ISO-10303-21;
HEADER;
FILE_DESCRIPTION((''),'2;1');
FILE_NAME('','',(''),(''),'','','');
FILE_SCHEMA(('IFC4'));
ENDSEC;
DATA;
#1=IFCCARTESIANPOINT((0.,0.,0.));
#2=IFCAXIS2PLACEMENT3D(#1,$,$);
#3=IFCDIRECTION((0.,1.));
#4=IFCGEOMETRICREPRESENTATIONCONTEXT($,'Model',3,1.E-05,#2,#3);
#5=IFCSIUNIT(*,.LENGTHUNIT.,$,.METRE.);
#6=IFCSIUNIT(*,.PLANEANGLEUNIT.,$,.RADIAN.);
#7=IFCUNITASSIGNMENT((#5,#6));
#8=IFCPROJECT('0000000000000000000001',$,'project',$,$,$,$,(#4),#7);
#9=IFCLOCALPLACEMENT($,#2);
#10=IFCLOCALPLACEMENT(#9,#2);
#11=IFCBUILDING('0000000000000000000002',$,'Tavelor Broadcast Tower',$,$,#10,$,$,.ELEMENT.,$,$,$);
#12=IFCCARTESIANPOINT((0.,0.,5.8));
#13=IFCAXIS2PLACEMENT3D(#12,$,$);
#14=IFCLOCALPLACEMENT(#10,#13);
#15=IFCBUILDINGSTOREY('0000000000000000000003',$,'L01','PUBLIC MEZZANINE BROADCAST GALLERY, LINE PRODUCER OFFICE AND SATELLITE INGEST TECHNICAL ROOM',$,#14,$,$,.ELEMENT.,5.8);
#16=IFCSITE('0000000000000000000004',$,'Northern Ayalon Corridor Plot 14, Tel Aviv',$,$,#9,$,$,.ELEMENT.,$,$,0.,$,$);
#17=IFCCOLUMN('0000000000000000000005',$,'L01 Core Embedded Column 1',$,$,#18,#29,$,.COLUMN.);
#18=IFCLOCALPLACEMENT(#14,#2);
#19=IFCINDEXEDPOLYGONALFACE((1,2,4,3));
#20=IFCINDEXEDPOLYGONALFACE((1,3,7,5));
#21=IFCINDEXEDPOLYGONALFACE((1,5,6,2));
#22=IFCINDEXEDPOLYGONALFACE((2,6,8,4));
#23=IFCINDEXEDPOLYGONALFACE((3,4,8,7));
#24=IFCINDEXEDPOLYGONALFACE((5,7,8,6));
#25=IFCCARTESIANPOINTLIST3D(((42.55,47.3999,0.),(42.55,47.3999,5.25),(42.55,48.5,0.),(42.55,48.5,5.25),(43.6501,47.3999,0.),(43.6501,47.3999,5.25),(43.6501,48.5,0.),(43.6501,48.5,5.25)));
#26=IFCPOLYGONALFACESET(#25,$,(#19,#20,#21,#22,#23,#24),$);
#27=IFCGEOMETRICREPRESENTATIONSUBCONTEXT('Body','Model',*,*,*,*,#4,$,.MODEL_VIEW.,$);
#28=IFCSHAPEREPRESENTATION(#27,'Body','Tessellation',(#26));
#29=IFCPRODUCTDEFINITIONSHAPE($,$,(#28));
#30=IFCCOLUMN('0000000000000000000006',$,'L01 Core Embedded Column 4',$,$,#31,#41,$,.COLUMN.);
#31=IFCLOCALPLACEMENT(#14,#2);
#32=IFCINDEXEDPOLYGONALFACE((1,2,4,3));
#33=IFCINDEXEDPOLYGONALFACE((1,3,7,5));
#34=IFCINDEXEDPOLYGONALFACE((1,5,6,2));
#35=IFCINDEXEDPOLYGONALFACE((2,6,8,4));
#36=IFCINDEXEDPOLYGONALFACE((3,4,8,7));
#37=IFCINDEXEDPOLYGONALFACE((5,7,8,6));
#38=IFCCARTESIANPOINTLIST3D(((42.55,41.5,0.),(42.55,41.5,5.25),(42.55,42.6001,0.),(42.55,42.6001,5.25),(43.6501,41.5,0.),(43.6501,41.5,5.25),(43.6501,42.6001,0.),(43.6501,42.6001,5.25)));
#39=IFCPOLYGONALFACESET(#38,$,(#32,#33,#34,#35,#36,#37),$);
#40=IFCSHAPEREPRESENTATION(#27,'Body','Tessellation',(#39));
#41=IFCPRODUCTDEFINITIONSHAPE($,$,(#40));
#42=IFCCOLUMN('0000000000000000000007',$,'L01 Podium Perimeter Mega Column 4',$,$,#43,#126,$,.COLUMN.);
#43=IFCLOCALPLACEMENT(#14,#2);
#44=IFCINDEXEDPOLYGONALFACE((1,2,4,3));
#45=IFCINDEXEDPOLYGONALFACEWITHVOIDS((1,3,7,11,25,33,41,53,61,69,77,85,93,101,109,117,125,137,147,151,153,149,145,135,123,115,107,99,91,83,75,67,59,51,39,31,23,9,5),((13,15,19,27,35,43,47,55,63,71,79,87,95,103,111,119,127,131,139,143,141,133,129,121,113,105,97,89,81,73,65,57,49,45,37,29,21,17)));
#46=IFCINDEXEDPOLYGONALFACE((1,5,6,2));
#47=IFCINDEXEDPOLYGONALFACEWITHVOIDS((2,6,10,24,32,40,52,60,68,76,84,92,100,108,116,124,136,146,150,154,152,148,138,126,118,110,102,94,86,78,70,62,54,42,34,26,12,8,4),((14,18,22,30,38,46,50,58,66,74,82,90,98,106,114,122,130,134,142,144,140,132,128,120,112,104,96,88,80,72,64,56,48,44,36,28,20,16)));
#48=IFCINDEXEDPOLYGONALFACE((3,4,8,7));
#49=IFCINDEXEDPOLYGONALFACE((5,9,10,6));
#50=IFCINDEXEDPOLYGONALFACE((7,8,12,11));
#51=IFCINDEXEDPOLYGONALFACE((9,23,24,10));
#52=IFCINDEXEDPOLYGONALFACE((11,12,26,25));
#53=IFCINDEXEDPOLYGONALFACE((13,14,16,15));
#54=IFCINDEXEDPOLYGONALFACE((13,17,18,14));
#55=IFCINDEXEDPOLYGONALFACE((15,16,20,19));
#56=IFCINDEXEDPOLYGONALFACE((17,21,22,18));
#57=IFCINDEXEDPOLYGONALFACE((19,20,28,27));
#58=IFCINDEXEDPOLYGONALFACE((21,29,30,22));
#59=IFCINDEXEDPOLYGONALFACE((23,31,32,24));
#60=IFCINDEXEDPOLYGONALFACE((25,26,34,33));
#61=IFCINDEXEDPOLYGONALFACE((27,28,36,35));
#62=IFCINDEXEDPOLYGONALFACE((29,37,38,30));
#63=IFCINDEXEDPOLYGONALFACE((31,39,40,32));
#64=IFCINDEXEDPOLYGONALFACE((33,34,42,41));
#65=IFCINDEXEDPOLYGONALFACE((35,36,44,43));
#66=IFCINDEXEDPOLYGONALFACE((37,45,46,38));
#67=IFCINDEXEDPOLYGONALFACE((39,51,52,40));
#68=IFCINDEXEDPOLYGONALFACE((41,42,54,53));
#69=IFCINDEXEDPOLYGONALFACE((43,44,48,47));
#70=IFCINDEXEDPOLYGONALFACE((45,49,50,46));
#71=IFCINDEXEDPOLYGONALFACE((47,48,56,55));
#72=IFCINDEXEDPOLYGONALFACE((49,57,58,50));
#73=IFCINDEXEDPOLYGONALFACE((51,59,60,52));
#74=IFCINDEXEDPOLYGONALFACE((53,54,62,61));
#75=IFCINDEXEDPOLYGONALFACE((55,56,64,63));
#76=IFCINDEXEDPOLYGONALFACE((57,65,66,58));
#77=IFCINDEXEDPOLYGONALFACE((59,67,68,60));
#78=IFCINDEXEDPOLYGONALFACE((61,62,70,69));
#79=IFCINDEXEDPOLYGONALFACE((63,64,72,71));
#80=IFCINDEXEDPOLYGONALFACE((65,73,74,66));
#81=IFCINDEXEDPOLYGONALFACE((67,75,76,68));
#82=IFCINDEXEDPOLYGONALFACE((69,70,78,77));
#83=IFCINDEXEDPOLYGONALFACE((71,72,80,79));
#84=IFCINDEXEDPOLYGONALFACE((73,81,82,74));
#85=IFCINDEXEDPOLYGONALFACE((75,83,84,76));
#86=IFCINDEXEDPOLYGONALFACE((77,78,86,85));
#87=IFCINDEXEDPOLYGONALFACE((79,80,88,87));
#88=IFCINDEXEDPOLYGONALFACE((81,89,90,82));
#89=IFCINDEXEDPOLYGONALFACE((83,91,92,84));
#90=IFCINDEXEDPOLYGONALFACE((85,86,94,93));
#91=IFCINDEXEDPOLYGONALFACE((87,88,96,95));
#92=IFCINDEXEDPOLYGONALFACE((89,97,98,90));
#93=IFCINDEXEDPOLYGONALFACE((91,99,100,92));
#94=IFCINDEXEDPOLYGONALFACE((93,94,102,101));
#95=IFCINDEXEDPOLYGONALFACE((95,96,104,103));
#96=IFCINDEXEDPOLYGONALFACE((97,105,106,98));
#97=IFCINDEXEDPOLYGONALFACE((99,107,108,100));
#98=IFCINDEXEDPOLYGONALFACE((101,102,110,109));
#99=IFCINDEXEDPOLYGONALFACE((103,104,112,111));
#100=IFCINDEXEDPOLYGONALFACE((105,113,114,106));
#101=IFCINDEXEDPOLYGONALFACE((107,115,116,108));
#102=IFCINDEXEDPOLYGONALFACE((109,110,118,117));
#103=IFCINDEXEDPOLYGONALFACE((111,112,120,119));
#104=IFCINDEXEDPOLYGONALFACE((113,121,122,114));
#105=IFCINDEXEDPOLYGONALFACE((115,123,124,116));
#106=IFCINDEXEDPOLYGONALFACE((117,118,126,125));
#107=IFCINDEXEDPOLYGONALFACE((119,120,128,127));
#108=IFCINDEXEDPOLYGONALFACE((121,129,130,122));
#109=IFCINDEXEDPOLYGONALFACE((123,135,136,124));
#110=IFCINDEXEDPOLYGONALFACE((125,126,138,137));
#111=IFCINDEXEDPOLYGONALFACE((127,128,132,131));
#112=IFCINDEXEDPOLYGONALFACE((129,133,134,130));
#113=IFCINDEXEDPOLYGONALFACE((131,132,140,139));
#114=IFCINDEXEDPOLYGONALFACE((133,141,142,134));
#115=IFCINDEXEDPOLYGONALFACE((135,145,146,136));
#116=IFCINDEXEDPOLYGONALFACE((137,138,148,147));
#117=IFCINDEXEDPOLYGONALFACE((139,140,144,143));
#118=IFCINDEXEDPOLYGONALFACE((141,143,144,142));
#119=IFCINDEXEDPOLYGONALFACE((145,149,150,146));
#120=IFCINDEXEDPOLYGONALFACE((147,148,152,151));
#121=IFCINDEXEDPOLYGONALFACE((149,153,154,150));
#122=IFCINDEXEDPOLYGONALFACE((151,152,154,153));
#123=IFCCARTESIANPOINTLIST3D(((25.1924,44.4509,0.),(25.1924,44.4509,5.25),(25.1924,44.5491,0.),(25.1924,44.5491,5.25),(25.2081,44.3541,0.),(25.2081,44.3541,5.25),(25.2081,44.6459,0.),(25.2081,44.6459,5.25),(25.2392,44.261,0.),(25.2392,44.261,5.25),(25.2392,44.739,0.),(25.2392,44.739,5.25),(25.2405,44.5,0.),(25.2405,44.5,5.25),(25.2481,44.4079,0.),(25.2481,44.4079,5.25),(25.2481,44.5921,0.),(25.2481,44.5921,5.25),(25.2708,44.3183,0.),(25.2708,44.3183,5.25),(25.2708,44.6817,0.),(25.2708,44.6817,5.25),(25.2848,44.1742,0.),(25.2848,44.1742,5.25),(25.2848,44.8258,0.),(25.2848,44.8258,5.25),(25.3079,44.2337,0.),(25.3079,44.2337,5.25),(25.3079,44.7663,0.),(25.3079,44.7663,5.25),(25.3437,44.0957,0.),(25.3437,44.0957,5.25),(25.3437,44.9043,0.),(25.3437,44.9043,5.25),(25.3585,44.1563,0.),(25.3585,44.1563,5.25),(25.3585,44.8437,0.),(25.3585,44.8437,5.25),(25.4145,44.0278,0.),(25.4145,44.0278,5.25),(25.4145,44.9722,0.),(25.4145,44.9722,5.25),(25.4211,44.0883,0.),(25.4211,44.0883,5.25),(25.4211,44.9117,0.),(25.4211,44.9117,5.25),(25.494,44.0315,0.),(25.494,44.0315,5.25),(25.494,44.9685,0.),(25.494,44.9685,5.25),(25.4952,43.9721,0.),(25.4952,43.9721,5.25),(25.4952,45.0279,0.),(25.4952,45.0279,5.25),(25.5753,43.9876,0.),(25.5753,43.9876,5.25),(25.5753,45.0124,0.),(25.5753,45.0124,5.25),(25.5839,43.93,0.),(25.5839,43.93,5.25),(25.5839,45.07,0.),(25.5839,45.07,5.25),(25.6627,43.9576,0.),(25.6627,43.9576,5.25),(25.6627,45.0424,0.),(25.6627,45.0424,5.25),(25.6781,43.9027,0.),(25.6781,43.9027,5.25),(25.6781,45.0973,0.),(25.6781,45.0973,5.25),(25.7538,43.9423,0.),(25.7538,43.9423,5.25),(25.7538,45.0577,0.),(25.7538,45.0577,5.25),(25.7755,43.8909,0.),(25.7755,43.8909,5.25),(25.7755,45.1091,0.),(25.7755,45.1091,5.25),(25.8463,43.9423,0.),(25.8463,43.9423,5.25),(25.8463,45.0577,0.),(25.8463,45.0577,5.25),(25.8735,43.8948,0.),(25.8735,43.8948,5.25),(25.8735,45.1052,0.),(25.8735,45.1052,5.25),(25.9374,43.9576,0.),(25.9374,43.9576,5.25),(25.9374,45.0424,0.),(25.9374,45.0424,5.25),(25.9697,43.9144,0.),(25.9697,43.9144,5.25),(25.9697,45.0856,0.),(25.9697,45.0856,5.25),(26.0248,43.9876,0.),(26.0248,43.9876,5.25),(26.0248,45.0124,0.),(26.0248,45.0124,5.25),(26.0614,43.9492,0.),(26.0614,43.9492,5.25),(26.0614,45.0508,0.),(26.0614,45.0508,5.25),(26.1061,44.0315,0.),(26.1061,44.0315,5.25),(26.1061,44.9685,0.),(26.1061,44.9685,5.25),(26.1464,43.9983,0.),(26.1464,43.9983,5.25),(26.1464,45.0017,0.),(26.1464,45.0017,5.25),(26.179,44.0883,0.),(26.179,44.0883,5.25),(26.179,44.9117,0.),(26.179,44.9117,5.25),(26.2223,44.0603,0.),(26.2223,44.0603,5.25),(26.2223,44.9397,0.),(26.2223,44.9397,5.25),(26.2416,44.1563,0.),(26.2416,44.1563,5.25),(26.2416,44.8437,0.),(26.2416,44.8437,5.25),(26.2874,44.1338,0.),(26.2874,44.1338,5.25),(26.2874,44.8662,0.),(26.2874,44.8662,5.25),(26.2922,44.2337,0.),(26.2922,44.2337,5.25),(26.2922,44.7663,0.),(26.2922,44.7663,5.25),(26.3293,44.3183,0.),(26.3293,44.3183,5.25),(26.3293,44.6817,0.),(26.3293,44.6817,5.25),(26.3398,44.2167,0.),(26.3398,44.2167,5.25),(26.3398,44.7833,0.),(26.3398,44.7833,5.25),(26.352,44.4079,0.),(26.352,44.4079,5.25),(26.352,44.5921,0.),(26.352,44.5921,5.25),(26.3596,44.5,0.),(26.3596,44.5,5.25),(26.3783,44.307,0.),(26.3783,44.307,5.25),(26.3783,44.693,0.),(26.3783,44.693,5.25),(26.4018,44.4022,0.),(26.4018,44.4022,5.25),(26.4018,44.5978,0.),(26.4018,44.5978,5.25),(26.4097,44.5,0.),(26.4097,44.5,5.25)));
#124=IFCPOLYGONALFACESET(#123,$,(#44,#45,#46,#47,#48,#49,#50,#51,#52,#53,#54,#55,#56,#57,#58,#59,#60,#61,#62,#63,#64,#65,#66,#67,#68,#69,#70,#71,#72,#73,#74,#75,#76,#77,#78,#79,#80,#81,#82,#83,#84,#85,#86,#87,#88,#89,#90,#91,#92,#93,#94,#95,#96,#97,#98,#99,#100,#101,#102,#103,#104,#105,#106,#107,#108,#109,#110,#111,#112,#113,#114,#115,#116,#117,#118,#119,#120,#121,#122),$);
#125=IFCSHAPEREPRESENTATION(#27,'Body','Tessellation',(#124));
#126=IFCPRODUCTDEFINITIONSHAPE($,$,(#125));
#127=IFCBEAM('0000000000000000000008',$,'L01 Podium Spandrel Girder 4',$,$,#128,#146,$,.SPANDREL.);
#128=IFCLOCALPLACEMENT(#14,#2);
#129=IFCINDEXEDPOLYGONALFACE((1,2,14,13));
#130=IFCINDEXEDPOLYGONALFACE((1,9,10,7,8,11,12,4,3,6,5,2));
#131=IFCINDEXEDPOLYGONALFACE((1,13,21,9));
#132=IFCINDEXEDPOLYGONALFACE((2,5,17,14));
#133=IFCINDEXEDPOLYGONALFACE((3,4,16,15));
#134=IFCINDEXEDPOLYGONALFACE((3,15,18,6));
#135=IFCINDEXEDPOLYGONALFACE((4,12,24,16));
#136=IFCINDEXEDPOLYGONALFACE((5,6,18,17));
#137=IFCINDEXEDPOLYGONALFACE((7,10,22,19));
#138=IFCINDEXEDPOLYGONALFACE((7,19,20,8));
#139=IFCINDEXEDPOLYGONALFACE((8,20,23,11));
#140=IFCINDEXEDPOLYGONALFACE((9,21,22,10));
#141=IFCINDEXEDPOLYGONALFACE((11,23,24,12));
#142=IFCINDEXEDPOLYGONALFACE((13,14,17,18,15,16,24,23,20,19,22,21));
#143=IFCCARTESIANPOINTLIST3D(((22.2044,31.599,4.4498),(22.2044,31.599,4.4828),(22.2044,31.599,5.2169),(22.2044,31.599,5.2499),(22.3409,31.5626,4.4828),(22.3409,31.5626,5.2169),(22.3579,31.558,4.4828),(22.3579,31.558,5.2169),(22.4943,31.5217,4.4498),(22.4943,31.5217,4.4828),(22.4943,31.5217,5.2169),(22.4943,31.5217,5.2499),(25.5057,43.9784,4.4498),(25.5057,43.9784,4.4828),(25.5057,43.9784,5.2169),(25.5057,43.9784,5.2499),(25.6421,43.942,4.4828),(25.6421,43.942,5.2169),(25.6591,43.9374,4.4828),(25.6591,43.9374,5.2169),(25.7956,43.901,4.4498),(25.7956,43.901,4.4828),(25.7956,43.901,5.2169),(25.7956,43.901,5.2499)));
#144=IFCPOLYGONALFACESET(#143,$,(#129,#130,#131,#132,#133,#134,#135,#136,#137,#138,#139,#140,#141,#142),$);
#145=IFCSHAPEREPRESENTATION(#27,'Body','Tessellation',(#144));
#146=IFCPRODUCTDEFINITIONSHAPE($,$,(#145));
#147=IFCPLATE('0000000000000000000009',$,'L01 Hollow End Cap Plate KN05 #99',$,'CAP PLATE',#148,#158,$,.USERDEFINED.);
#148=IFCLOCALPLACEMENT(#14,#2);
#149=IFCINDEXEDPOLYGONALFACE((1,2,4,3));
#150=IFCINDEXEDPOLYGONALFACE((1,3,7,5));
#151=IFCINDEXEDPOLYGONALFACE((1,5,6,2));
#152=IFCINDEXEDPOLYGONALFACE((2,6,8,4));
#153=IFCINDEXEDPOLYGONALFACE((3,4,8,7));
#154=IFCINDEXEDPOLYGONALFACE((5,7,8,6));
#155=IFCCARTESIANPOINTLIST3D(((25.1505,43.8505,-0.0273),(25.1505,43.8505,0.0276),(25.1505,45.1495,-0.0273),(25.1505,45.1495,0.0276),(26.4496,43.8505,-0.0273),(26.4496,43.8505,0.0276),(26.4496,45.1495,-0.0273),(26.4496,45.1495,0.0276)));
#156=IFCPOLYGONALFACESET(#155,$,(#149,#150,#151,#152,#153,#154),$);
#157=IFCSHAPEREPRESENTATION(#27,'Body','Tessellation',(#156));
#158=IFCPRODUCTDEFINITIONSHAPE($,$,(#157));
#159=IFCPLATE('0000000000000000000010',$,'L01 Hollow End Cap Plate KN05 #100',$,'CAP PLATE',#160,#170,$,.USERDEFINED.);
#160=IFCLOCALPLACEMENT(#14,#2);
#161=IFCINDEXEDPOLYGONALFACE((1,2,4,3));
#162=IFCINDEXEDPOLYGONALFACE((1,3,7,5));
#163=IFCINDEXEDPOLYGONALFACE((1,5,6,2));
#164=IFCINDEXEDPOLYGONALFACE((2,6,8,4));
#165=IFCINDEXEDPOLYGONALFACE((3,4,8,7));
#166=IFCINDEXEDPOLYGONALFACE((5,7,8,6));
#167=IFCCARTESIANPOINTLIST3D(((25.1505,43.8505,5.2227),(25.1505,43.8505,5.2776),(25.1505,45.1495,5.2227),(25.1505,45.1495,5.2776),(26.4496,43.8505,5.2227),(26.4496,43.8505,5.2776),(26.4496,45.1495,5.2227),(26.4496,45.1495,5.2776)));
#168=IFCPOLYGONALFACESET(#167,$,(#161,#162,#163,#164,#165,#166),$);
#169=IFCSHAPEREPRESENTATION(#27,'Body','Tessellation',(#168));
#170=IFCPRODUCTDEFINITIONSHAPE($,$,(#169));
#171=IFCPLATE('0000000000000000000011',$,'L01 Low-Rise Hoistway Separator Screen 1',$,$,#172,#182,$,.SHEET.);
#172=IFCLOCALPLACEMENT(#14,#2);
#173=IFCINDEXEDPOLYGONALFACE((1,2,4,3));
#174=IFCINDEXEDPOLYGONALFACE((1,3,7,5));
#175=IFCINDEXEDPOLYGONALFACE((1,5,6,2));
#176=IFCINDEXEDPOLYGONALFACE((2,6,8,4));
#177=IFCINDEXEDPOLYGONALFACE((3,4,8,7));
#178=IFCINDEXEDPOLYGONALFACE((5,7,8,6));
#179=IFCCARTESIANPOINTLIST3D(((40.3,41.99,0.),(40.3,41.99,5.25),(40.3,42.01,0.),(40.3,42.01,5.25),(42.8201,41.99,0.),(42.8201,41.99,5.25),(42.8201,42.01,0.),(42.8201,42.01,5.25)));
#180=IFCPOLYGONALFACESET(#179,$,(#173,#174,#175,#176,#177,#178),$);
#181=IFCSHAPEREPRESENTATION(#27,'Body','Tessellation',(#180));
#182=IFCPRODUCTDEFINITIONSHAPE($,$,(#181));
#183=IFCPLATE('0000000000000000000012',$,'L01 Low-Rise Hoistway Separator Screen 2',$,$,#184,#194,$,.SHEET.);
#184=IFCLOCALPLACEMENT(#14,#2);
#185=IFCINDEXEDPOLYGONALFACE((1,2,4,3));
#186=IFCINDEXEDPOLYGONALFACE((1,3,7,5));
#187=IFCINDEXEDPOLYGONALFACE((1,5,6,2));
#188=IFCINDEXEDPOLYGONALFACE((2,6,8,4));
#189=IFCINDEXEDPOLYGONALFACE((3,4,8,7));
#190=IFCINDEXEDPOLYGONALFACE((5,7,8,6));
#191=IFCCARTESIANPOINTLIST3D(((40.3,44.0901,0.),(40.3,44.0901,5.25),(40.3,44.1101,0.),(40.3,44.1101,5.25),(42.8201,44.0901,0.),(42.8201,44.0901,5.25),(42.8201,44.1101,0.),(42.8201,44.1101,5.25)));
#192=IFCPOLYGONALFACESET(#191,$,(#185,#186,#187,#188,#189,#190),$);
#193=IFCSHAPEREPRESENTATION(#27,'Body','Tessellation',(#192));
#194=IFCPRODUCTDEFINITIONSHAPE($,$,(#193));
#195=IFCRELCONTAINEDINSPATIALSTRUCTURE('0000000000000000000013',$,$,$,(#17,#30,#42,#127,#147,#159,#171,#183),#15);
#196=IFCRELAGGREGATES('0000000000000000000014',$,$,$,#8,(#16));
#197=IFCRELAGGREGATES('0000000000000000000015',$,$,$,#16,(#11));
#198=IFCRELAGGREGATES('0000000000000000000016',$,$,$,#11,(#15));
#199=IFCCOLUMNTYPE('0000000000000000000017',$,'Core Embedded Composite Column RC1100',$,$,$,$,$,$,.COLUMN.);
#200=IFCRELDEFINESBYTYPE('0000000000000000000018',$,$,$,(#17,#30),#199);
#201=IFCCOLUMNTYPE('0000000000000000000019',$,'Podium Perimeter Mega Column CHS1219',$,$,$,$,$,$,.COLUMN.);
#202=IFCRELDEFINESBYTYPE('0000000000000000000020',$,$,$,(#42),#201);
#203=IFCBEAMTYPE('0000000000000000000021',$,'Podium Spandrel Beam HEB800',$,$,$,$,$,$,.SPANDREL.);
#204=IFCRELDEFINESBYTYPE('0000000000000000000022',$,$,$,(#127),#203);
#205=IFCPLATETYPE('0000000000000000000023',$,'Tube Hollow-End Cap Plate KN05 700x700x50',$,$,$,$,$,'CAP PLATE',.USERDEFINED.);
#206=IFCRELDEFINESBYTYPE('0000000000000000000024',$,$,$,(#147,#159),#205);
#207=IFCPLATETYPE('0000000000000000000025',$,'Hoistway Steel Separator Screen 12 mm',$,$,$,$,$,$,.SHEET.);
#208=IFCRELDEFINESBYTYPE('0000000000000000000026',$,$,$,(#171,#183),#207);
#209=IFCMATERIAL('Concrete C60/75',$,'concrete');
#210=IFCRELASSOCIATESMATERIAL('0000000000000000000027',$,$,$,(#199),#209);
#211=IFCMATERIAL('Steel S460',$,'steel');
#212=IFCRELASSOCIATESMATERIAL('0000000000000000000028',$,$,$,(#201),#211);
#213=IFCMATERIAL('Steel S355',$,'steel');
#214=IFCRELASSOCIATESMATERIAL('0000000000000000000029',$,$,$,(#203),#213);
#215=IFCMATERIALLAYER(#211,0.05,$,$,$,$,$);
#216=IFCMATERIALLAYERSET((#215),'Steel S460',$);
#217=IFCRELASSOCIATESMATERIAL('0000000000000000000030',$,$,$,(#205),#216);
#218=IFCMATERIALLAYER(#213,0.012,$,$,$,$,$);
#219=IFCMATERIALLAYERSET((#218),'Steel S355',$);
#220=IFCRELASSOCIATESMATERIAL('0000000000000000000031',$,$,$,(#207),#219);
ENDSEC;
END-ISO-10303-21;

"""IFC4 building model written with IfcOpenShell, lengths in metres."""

from ifc_helpers import new_model, si_unit, direction, frame, origin, origin_2d, place, context, subcontext, project, spatial, rectangle, hollow_circle, i_section, extrude, source, transform, mapped, material, layer, layer_set, material_profile, profile_set, type_object, type_shapes, element, save


model = new_model("IFC4")

# Units and contexts
model_context = context("Model", 3, precision=1e-05, world=origin(), true_north=direction((0.0, 1.0)))
body_context = subcontext(model_context, "Body", "Model", "MODEL_VIEW")
ifc_project = project(units=[si_unit("LENGTHUNIT", "METRE"), si_unit("PLANEANGLEUNIT", "RADIAN")], contexts=[model_context])

# Site, building, storey
site_placement = place(None, origin())
site = spatial("IfcSite", under=ifc_project, at=site_placement, Name="Northern Ayalon Corridor Plot 14, Tel Aviv", CompositionType="ELEMENT", RefElevation=0.0)
building_placement = place(site_placement, origin())
building = spatial("IfcBuilding", under=site, at=building_placement, Name="Tavelor Broadcast Tower", CompositionType="ELEMENT")
storey_placement = place(building_placement, frame((0.0, 0.0, 5.8)))
storey = spatial("IfcBuildingStorey", under=building, at=storey_placement, Name="L01", Description="PUBLIC MEZZANINE BROADCAST GALLERY, LINE PRODUCER OFFICE AND SATELLITE INGEST TECHNICAL ROOM", CompositionType="ELEMENT", Elevation=5.8)

# Columns
ifc_material_1 = material(Name="Concrete C60/75", Category="concrete")
ifc_material_profile_1 = material_profile(ifc_material_1, rectangle(XDim=1.1001, YDim=1.1001, at=origin_2d()), Name="RC 1100x1100")
ifc_profile_set_1 = profile_set([ifc_material_profile_1], Name="Concrete C60/75")
column_type_1 = type_object("IfcColumnType", Name="Core Embedded Composite Column RC1100", PredefinedType="COLUMN", material=ifc_profile_set_1)
for number, where, z_axis, x_axis, name in (
    (1, (43.1001, 47.95, 0.0), (0.0, 0.0, 1.0), (1.0, 0.0, 0.0), "L01 Core Embedded Column 1"),
    (2, (43.1001, 42.05, 0.0), (0.0, 0.0, 1.0), (1.0, 0.0, 0.0), "L01 Core Embedded Column 4"),
):
    element("IfcColumn", number, at=place(storey_placement, frame(where, z_axis=z_axis, x_axis=x_axis)), inside=storey, type_object=column_type_1, Name=name, PredefinedType="COLUMN", context=body_context, shape_type="SweptSolid", body=[
        extrude(rectangle(XDim=1.1001, YDim=1.1001, at=origin_2d()), origin(), (0.0, 0.0, 1.0), 5.25),
    ])
ifc_material_2 = material(Name="Steel S460", Category="steel")
ifc_material_profile_2 = material_profile(ifc_material_2, hollow_circle(Radius=0.6096, WallThickness=0.05, at=origin_2d()), Name="CHS 1219x50")
ifc_profile_set_2 = profile_set([ifc_material_profile_2], Name="Steel S460")
column_type_2 = type_object("IfcColumnType", Name="Podium Perimeter Mega Column CHS1219", PredefinedType="COLUMN", material=ifc_profile_set_2)
column_placement = place(storey_placement, frame((25.8, 44.5, 0.0), z_axis=(0.0, 0.0, 1.0), x_axis=(1.0, 0.0, 0.0)))
element("IfcColumn", 3, at=column_placement, inside=storey, type_object=column_type_2, Name="L01 Podium Perimeter Mega Column 4", PredefinedType="COLUMN", context=body_context, shape_type="SweptSolid", body=[
    extrude(hollow_circle(Radius=0.6096, WallThickness=0.05, at=origin_2d()), origin(), (0.0, 0.0, 1.0), 5.25),
])

# Beam
ifc_material_3 = material(Name="Steel S355", Category="steel")
ifc_material_profile_3 = material_profile(ifc_material_3, i_section(OverallWidth=0.3, OverallDepth=0.8, WebThickness=0.0176, FlangeThickness=0.033, at=origin_2d()), Name="HEB 800")
ifc_profile_set_3 = profile_set([ifc_material_profile_3], Name="Steel S355")
beam_type = type_object("IfcBeamType", Name="Podium Spandrel Beam HEB800", PredefinedType="SPANDREL", material=ifc_profile_set_3)
beam_placement = place(storey_placement, frame((25.6506, 43.9397, 4.8499), z_axis=(-0.25767, -0.966233, 0.0), x_axis=(0.966233, -0.25767, 0.0)))
element("IfcBeam", 4, at=beam_placement, inside=storey, type_object=beam_type, Name="L01 Podium Spandrel Girder 4", PredefinedType="SPANDREL", context=body_context, shape_type="SweptSolid", body=[
    extrude(i_section(OverallWidth=0.3, OverallDepth=0.8, WebThickness=0.0176, FlangeThickness=0.033, at=origin_2d()), origin(), (0.0, 0.0, 1.0), 12.812),
])

# Plates
ifc_layer_1 = layer(ifc_material_2, 0.05)
ifc_layer_set_1 = layer_set([ifc_layer_1], Name="Steel S460")
plate_type_1 = type_object("IfcPlateType", Name="Tube Hollow-End Cap Plate KN05 700x700x50", ElementType="CAP PLATE", PredefinedType="USERDEFINED", material=ifc_layer_set_1)
shared_shape_1 = source(origin(), body_context, "Body", "SweptSolid", [
    extrude(rectangle(XDim=1.2991, YDim=1.2991, at=origin_2d()), origin(), (0.0, 0.0, 1.0), 0.0549),
])
type_shapes(plate_type_1, [shared_shape_1])
for number, where, z_axis, x_axis, name in (
    (5, (25.8, 44.5, -0.0273), (0.0, 0.0, 1.0), (1.0, 0.0, 0.0), "L01 Hollow End Cap Plate KN05 #99"),
    (6, (25.8, 44.5, 5.2227), (0.0, 0.0, 1.0), (1.0, 0.0, 0.0), "L01 Hollow End Cap Plate KN05 #100"),
):
    element("IfcPlate", number, at=place(storey_placement, frame(where, z_axis=z_axis, x_axis=x_axis)), inside=storey, type_object=plate_type_1, Name=name, ObjectType="CAP PLATE", PredefinedType="USERDEFINED", context=body_context, shape_type="MappedRepresentation", body=[
        mapped(shared_shape_1, transform((0.0, 0.0, 0.0), scale=1.0)),
    ])
ifc_layer_2 = layer(ifc_material_3, 0.012)
ifc_layer_set_2 = layer_set([ifc_layer_2], Name="Steel S355")
plate_type_2 = type_object("IfcPlateType", Name="Hoistway Steel Separator Screen 12 mm", PredefinedType="SHEET", material=ifc_layer_set_2)
shared_shape_2 = source(origin(), body_context, "Body", "SweptSolid", [
    extrude(rectangle(XDim=2.52, YDim=0.02, at=origin_2d()), origin(), (0.0, 0.0, 1.0), 5.25),
])
type_shapes(plate_type_2, [shared_shape_2])
for number, where, z_axis, x_axis, name in (
    (7, (41.5601, 42.0, 0.0), (0.0, 0.0, 1.0), (1.0, 0.0, 0.0), "L01 Low-Rise Hoistway Separator Screen 1"),
    (8, (41.5601, 44.1001, 0.0), (0.0, 0.0, 1.0), (1.0, 0.0, 0.0), "L01 Low-Rise Hoistway Separator Screen 2"),
):
    element("IfcPlate", number, at=place(storey_placement, frame(where, z_axis=z_axis, x_axis=x_axis)), inside=storey, type_object=plate_type_2, Name=name, PredefinedType="SHEET", context=body_context, shape_type="MappedRepresentation", body=[
        mapped(shared_shape_2, transform((0.0, 0.0, 0.0), scale=1.0)),
    ])

save(model, "model.ifc")
